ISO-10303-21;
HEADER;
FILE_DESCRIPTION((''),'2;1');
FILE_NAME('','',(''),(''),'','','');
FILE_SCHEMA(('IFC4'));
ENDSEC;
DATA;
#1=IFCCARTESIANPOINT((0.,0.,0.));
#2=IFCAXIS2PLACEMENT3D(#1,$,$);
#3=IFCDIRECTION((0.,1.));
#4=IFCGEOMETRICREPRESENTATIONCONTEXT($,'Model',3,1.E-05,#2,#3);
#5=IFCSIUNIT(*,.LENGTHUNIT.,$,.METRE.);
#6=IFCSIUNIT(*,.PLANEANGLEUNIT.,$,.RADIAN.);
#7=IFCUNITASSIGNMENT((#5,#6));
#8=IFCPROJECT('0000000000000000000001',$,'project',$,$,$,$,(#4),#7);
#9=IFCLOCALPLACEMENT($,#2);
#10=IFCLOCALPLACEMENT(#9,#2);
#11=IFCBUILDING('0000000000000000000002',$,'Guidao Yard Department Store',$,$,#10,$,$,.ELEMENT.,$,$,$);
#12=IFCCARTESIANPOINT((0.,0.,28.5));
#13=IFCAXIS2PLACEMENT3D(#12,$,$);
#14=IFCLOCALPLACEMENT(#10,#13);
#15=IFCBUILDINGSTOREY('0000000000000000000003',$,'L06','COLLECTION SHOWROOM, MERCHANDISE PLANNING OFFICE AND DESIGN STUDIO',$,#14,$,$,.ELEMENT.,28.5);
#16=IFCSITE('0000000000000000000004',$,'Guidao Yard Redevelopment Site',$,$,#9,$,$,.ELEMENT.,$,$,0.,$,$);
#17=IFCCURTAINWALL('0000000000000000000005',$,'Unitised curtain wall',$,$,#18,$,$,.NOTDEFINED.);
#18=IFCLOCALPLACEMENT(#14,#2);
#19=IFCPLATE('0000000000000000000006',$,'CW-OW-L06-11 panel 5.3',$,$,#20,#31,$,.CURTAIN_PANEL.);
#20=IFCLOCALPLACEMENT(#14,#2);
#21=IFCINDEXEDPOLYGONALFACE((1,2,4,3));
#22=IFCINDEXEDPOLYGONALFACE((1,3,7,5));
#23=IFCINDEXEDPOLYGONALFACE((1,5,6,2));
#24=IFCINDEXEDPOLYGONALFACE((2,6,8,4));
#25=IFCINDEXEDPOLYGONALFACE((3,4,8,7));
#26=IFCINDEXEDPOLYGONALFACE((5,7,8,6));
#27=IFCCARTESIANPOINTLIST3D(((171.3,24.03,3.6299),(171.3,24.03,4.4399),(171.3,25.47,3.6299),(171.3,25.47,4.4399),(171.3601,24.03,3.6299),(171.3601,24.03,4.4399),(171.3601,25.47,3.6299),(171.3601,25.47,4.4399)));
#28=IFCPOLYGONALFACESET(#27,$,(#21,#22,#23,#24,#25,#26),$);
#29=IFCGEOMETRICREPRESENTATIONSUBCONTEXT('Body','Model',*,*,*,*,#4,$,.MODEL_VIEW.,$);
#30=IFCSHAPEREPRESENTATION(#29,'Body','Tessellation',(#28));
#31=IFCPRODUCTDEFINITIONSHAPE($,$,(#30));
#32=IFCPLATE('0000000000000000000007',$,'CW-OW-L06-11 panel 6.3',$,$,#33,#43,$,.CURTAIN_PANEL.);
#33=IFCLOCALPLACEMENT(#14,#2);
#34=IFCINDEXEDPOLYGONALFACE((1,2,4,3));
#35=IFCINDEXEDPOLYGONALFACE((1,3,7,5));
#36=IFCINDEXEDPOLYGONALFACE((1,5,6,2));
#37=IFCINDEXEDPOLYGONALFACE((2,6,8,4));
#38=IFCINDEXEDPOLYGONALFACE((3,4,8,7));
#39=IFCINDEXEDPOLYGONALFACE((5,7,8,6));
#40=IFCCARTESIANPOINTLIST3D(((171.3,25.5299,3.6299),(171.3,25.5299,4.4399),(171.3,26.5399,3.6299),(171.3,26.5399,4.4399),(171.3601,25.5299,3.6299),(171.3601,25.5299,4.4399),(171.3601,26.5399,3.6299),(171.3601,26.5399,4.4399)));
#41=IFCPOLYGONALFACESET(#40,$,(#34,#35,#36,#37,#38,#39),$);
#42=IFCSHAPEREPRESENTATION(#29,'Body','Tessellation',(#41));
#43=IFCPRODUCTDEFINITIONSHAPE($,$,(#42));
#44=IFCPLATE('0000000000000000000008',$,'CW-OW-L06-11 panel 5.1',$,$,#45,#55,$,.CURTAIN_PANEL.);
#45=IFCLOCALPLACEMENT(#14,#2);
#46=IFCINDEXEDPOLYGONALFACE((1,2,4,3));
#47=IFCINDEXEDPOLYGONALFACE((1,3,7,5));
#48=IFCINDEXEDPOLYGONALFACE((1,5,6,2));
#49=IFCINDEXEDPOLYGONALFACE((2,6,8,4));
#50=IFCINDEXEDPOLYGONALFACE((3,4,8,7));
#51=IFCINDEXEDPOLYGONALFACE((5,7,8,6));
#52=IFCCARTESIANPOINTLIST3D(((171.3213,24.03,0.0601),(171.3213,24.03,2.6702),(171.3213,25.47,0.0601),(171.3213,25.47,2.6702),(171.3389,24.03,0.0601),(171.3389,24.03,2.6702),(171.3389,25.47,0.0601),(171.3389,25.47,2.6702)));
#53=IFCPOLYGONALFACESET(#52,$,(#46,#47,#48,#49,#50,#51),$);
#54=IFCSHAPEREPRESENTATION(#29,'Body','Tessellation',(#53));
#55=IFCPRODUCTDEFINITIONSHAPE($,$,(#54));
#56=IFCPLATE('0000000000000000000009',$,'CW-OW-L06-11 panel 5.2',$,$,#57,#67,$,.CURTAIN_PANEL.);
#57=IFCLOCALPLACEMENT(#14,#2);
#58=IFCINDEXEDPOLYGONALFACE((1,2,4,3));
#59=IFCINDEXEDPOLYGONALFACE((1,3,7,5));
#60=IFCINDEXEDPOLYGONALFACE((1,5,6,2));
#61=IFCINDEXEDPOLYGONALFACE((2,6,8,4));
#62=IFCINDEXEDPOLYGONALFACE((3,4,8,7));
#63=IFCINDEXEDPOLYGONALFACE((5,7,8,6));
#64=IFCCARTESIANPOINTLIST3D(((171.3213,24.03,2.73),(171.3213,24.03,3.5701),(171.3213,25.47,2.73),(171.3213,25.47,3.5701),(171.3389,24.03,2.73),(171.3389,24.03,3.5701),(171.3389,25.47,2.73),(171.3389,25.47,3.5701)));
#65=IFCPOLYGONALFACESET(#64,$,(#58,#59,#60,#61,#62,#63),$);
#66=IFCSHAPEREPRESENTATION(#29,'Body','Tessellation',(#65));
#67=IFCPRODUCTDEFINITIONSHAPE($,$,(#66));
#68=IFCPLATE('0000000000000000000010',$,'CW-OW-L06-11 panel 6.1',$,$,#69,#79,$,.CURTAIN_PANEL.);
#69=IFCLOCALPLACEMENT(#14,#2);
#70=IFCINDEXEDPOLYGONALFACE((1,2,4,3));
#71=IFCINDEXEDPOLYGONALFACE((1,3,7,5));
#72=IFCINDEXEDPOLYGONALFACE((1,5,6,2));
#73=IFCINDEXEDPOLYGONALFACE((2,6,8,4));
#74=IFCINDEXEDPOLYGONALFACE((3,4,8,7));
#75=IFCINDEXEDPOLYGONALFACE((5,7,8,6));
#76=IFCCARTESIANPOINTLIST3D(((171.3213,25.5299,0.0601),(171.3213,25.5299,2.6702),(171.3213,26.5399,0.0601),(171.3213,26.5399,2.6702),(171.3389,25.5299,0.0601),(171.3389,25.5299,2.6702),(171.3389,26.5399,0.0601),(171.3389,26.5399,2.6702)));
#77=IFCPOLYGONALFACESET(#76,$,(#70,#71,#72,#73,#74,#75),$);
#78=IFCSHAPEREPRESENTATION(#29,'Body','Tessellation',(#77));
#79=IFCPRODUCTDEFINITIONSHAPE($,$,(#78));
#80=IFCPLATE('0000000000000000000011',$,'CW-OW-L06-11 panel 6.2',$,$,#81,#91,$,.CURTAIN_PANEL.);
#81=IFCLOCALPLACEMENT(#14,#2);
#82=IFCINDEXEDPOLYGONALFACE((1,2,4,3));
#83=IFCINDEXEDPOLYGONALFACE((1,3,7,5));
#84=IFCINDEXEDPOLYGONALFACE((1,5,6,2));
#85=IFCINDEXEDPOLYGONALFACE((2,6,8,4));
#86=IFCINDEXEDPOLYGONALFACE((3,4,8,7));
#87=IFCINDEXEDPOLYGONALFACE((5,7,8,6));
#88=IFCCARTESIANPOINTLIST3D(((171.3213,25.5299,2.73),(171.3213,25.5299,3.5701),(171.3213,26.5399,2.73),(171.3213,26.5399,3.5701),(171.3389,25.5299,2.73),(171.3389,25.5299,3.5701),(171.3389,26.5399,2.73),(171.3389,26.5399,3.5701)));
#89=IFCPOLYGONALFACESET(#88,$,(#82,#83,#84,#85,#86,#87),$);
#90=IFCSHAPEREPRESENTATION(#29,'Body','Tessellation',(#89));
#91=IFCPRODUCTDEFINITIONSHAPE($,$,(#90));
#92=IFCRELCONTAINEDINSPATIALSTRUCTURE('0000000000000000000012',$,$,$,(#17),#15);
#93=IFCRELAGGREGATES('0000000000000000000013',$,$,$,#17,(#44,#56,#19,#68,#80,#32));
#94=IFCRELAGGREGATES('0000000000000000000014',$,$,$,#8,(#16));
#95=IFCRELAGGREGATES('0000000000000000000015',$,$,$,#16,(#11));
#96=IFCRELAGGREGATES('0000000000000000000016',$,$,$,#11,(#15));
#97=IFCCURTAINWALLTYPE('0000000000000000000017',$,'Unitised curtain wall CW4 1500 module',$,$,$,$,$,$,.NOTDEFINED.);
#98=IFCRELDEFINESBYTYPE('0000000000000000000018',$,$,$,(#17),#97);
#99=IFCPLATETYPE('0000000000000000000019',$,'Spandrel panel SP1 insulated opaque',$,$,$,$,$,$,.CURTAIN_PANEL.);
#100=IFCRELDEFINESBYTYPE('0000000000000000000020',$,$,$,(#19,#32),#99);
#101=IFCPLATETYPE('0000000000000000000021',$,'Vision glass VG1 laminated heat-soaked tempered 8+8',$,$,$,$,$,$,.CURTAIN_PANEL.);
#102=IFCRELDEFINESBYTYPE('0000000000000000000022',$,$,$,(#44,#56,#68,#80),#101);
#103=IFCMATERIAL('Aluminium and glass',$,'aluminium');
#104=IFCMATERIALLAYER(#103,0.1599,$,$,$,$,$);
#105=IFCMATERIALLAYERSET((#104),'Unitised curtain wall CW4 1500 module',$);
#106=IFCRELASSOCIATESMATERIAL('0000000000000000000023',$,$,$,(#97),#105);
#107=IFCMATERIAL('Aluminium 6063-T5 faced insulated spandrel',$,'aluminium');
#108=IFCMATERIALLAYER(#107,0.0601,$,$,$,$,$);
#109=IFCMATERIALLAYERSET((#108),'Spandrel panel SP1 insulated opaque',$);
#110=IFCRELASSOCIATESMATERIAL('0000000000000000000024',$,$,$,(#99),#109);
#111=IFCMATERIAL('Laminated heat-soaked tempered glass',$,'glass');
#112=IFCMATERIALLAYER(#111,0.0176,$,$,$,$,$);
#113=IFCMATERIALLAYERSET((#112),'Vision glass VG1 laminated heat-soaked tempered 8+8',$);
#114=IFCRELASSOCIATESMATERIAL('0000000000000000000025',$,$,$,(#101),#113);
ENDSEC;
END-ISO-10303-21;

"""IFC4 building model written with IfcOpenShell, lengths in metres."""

from ifc_helpers import new_model, si_unit, direction, frame, origin, origin_2d, place, context, subcontext, project, spatial, rectangle, extrude, material, layer, layer_set, type_object, element, aggregate, save


model = new_model("IFC4")

# Units and contexts
model_context = context("Model", 3, precision=1e-05, world=origin(), true_north=direction((0.0, 1.0)))
body_context = subcontext(model_context, "Body", "Model", "MODEL_VIEW")
ifc_project = project(units=[si_unit("LENGTHUNIT", "METRE"), si_unit("PLANEANGLEUNIT", "RADIAN")], contexts=[model_context])

# Site, building, storey
site_placement = place(None, origin())
site = spatial("IfcSite", under=ifc_project, at=site_placement, Name="Guidao Yard Redevelopment Site", CompositionType="ELEMENT", RefElevation=0.0)
building_placement = place(site_placement, origin())
building = spatial("IfcBuilding", under=site, at=building_placement, Name="Guidao Yard Department Store", CompositionType="ELEMENT")
storey_placement = place(building_placement, frame((0.0, 0.0, 28.5)))
storey = spatial("IfcBuildingStorey", under=building, at=storey_placement, Name="L06", Description="COLLECTION SHOWROOM, MERCHANDISE PLANNING OFFICE AND DESIGN STUDIO", CompositionType="ELEMENT", Elevation=28.5)

# Curtain wall, plates
ifc_material_1 = material(Name="Aluminium and glass", Category="aluminium")
ifc_layer_1 = layer(ifc_material_1, 0.1599)
ifc_layer_set_1 = layer_set([ifc_layer_1], Name="Unitised curtain wall CW4 1500 module")
curtain_wall_type = type_object("IfcCurtainWallType", Name="Unitised curtain wall CW4 1500 module", PredefinedType="NOTDEFINED", material=ifc_layer_set_1)
curtain_wall_placement = place(storey_placement, origin())
curtain_wall = element("IfcCurtainWall", 1, at=curtain_wall_placement, inside=storey, type_object=curtain_wall_type, Name="Unitised curtain wall", PredefinedType="NOTDEFINED")
ifc_material_2 = material(Name="Aluminium 6063-T5 faced insulated spandrel", Category="aluminium")
ifc_layer_2 = layer(ifc_material_2, 0.0601)
ifc_layer_set_2 = layer_set([ifc_layer_2], Name="Spandrel panel SP1 insulated opaque")
plate_type_1 = type_object("IfcPlateType", Name="Spandrel panel SP1 insulated opaque", PredefinedType="CURTAIN_PANEL", material=ifc_layer_set_2)
plate_1_placement = place(storey_placement, frame((171.3301, 24.75, 3.6299), z_axis=(0.0, 0.0, 1.0), x_axis=(0.0, -1.0, 0.0)))
plate_1 = element("IfcPlate", 2, at=plate_1_placement, type_object=plate_type_1, Name="CW-OW-L06-11 panel 5.3", PredefinedType="CURTAIN_PANEL", context=body_context, shape_type="SweptSolid", body=[
    extrude(rectangle(XDim=1.4399, YDim=0.0601, at=origin_2d()), origin(), (0.0, 0.0, 1.0), 0.8101),
])
plate_2_placement = place(storey_placement, frame((171.3301, 26.0349, 3.6299), z_axis=(0.0, 0.0, 1.0), x_axis=(0.0, -1.0, 0.0)))
plate_2 = element("IfcPlate", 3, at=plate_2_placement, type_object=plate_type_1, Name="CW-OW-L06-11 panel 6.3", PredefinedType="CURTAIN_PANEL", context=body_context, shape_type="SweptSolid", body=[
    extrude(rectangle(XDim=1.01, YDim=0.0601, at=origin_2d()), origin(), (0.0, 0.0, 1.0), 0.8101),
])
ifc_material_3 = material(Name="Laminated heat-soaked tempered glass", Category="glass")
ifc_layer_3 = layer(ifc_material_3, 0.0176)
ifc_layer_set_3 = layer_set([ifc_layer_3], Name="Vision glass VG1 laminated heat-soaked tempered 8+8")
plate_type_2 = type_object("IfcPlateType", Name="Vision glass VG1 laminated heat-soaked tempered 8+8", PredefinedType="CURTAIN_PANEL", material=ifc_layer_set_3)
plate_3_placement = place(storey_placement, frame((171.3301, 24.75, 0.0601), z_axis=(0.0, 0.0, 1.0), x_axis=(0.0, -1.0, 0.0)))
plate_3 = element("IfcPlate", 4, at=plate_3_placement, type_object=plate_type_2, Name="CW-OW-L06-11 panel 5.1", PredefinedType="CURTAIN_PANEL", context=body_context, shape_type="SweptSolid", body=[
    extrude(rectangle(XDim=1.4399, YDim=0.0176, at=origin_2d()), origin(), (0.0, 0.0, 1.0), 2.6101),
])
plate_4_placement = place(storey_placement, frame((171.3301, 24.75, 2.73), z_axis=(0.0, 0.0, 1.0), x_axis=(0.0, -1.0, 0.0)))
plate_4 = element("IfcPlate", 5, at=plate_4_placement, type_object=plate_type_2, Name="CW-OW-L06-11 panel 5.2", PredefinedType="CURTAIN_PANEL", context=body_context, shape_type="SweptSolid", body=[
    extrude(rectangle(XDim=1.4399, YDim=0.0176, at=origin_2d()), origin(), (0.0, 0.0, 1.0), 0.8401),
])
plate_5_placement = place(storey_placement, frame((171.3301, 26.0349, 0.0601), z_axis=(0.0, 0.0, 1.0), x_axis=(0.0, -1.0, 0.0)))
plate_5 = element("IfcPlate", 6, at=plate_5_placement, type_object=plate_type_2, Name="CW-OW-L06-11 panel 6.1", PredefinedType="CURTAIN_PANEL", context=body_context, shape_type="SweptSolid", body=[
    extrude(rectangle(XDim=1.01, YDim=0.0176, at=origin_2d()), origin(), (0.0, 0.0, 1.0), 2.6101),
])
plate_6_placement = place(storey_placement, frame((171.3301, 26.0349, 2.73), z_axis=(0.0, 0.0, 1.0), x_axis=(0.0, -1.0, 0.0)))
plate_6 = element("IfcPlate", 7, at=plate_6_placement, type_object=plate_type_2, Name="CW-OW-L06-11 panel 6.2", PredefinedType="CURTAIN_PANEL", context=body_context, shape_type="SweptSolid", body=[
    extrude(rectangle(XDim=1.01, YDim=0.0176, at=origin_2d()), origin(), (0.0, 0.0, 1.0), 0.8401),
])
aggregate(curtain_wall, [plate_3, plate_4, plate_1, plate_5, plate_6, plate_2])

save(model, "model.ifc")
